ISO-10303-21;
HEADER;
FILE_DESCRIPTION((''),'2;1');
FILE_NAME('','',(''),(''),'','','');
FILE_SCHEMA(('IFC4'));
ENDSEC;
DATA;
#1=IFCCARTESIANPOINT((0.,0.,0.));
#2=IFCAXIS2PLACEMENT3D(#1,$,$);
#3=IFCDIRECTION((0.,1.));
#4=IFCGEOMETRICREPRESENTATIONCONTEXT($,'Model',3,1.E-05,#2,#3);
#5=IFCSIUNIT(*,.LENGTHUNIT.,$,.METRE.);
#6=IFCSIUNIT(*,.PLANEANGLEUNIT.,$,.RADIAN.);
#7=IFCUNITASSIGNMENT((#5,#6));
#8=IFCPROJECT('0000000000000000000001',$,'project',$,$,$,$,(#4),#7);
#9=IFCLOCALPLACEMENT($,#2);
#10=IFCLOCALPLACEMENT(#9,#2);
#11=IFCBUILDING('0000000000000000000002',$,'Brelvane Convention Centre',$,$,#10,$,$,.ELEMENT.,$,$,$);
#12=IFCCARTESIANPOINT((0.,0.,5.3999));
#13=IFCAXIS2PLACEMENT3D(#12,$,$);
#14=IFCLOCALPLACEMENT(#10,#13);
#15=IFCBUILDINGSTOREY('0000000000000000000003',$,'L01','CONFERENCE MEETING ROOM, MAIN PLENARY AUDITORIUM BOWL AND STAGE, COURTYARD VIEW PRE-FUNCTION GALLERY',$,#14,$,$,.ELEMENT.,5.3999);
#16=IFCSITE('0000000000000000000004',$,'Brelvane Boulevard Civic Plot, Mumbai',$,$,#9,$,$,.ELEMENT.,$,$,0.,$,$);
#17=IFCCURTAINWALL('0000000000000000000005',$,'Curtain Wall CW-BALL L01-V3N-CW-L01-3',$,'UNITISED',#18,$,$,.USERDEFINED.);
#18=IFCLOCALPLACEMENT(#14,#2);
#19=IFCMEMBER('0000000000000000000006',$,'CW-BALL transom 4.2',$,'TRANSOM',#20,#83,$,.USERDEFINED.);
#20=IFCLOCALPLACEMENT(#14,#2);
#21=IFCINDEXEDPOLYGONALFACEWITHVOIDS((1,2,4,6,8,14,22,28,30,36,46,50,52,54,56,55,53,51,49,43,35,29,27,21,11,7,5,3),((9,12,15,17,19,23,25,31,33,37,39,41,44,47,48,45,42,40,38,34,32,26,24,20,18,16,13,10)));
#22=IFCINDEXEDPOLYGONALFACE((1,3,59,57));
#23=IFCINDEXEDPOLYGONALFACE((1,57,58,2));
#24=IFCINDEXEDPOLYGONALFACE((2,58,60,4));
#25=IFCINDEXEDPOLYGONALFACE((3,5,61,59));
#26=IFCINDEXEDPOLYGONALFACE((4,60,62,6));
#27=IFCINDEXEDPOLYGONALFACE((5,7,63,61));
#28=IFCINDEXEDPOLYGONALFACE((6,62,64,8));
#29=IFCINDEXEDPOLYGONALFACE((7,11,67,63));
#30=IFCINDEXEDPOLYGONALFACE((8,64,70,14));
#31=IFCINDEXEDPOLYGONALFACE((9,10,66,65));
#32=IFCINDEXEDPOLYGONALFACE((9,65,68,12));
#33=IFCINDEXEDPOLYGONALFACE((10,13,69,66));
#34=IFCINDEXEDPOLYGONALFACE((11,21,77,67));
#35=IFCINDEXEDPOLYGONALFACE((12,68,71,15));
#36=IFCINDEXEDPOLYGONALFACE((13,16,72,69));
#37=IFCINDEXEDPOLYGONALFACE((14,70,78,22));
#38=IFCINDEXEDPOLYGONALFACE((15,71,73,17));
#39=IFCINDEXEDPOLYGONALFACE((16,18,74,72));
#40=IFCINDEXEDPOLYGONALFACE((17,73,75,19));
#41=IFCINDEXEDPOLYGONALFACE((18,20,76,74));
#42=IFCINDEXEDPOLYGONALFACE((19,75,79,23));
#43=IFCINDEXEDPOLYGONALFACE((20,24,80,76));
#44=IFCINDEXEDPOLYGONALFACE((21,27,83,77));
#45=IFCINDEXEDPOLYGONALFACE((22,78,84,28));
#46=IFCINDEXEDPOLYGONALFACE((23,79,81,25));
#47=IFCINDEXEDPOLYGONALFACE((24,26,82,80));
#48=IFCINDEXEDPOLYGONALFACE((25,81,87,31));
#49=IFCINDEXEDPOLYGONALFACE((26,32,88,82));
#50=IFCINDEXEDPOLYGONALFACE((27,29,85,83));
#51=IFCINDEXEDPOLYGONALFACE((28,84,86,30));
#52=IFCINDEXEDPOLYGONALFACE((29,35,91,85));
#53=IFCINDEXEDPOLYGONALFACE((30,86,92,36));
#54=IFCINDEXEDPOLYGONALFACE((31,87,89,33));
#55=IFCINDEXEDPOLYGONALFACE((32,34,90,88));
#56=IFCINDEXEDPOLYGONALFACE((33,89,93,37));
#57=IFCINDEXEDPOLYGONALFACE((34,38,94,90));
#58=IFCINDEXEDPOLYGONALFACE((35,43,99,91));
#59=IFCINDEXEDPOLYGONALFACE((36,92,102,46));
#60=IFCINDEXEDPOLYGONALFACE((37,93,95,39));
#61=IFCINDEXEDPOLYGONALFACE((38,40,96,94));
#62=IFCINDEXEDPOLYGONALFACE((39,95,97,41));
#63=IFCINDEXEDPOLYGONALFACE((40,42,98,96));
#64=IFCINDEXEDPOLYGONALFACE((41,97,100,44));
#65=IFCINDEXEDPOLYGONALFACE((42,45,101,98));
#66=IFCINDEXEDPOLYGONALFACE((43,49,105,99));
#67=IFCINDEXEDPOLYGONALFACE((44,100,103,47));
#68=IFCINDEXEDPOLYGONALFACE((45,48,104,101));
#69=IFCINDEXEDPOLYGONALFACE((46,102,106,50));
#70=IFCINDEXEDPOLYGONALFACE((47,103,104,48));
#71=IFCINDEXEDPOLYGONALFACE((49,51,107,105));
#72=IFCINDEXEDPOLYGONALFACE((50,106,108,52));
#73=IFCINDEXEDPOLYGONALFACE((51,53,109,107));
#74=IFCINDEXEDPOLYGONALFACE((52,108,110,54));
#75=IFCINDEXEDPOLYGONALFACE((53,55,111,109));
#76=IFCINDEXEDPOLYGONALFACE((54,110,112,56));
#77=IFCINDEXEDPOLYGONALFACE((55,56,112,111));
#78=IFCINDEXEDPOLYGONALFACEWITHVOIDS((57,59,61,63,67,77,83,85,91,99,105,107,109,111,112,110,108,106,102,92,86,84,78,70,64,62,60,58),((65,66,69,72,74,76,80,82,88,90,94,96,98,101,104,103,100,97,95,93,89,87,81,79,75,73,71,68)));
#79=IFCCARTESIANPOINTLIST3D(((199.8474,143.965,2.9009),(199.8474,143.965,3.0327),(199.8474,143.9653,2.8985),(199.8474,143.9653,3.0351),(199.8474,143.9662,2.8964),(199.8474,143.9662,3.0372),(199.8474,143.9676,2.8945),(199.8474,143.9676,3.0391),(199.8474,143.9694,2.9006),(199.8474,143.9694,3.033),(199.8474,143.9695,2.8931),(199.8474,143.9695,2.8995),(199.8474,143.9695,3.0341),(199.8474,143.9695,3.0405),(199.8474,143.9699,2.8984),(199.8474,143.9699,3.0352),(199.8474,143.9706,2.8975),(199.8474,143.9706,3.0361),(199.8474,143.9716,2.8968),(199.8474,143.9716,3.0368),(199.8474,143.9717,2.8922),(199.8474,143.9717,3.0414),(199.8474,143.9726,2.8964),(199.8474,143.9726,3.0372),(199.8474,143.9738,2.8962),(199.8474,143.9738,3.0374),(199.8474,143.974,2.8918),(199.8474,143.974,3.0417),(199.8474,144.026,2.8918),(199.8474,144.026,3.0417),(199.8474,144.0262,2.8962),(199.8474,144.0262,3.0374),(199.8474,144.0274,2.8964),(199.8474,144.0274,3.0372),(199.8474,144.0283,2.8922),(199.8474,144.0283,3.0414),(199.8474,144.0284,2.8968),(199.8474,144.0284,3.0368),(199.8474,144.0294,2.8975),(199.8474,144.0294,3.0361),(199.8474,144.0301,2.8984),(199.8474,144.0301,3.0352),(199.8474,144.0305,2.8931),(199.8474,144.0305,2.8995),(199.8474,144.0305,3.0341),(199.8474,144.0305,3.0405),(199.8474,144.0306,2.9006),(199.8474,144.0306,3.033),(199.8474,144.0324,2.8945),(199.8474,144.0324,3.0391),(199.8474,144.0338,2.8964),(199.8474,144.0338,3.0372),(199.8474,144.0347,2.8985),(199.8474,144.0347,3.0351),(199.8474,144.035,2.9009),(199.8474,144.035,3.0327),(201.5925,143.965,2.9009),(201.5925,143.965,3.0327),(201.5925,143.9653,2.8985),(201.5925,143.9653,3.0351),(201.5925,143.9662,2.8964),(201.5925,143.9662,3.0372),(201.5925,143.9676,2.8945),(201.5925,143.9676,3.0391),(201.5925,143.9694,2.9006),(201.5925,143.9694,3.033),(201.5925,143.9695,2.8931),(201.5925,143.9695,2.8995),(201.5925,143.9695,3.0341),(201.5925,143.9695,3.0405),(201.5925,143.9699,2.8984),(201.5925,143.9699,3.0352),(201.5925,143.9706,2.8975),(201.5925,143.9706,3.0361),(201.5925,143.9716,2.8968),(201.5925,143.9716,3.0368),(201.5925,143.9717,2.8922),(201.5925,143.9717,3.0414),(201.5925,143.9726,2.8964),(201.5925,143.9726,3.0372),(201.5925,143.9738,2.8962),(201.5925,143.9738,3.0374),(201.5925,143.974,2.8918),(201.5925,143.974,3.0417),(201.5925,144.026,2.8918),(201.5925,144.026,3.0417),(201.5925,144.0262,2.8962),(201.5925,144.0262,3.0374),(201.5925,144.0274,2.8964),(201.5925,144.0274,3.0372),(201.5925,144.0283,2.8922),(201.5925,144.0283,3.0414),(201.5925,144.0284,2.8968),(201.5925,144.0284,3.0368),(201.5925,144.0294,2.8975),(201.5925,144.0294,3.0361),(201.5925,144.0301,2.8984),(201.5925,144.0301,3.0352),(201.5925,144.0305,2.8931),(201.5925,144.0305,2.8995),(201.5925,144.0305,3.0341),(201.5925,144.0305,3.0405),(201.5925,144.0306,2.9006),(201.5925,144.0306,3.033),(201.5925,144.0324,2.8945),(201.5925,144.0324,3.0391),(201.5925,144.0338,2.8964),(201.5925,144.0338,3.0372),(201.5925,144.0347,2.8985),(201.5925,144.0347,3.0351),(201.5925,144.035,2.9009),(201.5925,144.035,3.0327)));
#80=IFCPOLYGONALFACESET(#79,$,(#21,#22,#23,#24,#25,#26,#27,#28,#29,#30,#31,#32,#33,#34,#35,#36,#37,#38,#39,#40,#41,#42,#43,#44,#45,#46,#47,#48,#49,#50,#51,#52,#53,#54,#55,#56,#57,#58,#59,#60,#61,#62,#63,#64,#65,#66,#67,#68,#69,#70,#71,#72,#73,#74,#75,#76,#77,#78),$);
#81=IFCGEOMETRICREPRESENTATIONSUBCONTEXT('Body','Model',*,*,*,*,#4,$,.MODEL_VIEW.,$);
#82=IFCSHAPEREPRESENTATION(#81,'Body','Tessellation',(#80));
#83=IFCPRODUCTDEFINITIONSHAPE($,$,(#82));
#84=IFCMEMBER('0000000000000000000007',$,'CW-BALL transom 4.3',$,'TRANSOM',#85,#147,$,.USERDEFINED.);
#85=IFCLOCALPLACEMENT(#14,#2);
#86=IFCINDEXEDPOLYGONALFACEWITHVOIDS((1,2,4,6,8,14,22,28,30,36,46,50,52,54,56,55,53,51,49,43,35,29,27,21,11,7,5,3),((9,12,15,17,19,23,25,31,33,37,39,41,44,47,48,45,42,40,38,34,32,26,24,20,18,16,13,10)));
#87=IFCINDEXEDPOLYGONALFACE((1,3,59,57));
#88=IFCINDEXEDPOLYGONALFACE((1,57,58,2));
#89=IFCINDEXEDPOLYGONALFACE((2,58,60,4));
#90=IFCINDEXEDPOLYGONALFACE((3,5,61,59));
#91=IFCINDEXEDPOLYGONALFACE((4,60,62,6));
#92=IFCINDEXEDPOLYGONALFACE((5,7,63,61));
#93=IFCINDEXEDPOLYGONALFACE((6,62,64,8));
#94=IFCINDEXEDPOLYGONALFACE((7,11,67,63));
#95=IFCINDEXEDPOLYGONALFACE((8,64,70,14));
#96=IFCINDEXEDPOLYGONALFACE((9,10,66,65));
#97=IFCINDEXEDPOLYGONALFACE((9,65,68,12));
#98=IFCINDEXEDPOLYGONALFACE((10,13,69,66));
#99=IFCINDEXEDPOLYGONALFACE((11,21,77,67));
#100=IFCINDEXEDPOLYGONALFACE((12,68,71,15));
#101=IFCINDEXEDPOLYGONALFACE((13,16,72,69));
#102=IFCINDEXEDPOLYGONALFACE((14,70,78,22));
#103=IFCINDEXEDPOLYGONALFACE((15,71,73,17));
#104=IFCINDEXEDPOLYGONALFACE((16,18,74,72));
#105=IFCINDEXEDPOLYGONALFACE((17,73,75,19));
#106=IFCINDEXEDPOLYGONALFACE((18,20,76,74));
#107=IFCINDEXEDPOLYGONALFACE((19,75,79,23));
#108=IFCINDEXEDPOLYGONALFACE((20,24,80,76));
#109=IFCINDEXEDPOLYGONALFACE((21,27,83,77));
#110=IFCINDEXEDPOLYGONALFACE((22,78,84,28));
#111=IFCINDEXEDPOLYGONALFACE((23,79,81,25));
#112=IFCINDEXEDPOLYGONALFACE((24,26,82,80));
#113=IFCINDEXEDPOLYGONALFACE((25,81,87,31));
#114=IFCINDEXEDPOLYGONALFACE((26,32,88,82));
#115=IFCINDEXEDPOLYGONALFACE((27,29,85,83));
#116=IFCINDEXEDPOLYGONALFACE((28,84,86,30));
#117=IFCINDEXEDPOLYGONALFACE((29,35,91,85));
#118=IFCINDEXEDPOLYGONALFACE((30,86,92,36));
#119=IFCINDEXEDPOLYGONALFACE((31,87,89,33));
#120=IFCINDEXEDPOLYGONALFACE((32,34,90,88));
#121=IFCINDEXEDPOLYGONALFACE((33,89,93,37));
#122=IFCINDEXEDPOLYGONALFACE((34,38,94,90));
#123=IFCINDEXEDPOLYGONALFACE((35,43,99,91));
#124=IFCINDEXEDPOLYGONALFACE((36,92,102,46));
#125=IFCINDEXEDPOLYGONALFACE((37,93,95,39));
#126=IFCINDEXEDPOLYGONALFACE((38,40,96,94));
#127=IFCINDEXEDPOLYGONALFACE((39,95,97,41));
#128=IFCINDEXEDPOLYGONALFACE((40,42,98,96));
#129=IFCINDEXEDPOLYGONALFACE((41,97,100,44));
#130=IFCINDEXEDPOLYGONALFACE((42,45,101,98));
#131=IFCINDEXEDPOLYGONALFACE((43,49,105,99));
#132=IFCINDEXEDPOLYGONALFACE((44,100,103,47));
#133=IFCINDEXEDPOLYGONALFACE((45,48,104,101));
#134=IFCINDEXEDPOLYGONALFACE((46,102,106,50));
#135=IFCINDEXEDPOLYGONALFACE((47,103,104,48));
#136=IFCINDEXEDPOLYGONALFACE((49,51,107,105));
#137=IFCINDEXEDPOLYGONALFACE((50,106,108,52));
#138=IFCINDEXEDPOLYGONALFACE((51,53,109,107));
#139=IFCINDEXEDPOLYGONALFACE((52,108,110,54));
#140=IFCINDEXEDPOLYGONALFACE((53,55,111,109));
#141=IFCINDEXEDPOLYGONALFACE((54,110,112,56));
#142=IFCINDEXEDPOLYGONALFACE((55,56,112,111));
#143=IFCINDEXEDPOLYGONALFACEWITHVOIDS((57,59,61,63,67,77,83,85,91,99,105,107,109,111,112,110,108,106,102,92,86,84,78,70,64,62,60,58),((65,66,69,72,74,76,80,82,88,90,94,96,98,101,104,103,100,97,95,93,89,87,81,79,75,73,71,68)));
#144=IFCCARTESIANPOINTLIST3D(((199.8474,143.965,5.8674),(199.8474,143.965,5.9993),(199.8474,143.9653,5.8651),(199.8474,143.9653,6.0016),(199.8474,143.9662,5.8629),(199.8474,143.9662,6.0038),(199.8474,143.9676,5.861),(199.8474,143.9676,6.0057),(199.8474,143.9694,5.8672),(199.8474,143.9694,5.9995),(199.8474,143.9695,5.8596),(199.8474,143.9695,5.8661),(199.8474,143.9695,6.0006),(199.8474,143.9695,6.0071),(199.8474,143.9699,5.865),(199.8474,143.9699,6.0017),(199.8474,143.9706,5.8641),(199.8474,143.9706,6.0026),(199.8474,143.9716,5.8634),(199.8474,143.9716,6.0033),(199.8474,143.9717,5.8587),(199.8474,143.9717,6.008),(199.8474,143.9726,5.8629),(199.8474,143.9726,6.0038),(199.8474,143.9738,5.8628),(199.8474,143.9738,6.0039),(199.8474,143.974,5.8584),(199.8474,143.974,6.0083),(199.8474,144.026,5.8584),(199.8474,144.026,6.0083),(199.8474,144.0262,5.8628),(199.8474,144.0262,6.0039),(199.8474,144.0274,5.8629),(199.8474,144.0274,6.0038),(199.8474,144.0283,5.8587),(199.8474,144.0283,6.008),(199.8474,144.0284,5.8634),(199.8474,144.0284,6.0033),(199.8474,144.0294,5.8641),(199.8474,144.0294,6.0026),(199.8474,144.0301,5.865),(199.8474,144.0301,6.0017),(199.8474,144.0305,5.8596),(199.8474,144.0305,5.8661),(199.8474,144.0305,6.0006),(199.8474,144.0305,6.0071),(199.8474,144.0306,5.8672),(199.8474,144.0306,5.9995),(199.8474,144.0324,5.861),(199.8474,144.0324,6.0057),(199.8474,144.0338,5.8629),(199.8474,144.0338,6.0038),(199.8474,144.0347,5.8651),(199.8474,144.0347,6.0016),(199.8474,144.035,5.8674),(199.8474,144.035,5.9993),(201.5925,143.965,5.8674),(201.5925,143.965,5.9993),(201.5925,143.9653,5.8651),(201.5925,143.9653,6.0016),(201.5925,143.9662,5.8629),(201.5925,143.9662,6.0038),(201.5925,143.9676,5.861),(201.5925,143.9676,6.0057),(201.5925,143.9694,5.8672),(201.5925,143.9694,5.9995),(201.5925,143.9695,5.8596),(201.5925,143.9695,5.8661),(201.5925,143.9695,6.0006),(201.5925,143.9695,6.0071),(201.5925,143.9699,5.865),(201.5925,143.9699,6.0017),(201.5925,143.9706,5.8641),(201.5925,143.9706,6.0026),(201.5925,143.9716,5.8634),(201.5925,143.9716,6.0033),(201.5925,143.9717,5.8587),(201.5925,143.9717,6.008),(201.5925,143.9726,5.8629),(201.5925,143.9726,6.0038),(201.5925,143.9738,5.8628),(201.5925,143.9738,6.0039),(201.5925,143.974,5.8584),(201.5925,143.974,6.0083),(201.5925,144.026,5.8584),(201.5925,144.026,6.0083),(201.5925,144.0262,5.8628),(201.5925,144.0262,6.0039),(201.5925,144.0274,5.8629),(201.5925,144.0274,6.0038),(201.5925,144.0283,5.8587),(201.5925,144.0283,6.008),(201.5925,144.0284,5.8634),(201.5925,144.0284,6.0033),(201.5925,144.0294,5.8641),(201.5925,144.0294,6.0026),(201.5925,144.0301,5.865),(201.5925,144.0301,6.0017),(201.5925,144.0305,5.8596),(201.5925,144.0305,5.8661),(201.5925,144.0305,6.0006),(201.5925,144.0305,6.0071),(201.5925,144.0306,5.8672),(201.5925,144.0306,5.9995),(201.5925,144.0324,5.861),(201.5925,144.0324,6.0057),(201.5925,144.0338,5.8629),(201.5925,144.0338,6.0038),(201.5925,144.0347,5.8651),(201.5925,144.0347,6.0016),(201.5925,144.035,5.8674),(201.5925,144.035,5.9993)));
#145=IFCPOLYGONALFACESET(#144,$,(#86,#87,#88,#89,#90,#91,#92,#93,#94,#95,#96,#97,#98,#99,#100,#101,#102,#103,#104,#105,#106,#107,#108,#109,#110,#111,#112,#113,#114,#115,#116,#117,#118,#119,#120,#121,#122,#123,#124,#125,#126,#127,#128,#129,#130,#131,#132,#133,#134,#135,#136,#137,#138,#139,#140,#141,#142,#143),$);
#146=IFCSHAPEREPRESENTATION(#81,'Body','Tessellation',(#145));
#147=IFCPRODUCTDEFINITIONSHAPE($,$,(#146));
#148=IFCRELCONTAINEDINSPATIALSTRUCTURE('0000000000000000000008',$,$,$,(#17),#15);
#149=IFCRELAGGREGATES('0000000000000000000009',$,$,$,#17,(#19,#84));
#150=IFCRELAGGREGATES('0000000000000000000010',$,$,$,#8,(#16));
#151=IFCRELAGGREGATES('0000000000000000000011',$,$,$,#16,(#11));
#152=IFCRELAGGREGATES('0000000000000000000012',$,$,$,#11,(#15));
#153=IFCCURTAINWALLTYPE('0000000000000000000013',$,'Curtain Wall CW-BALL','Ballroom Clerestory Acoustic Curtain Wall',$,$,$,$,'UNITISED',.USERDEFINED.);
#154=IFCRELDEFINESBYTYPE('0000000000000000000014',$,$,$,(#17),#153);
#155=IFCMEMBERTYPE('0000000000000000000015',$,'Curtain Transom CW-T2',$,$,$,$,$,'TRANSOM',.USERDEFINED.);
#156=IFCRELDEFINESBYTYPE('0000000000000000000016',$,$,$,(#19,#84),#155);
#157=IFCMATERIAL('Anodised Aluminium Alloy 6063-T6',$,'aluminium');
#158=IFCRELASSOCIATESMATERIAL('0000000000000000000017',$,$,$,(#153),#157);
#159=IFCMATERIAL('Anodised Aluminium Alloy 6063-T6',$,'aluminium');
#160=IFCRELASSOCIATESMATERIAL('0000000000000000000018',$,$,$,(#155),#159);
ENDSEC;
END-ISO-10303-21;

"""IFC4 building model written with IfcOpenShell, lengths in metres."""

from ifc_helpers import new_model, si_unit, direction, frame, origin, origin_2d, place, context, subcontext, project, spatial, hollow_rectangle, extrude, material, material_profile, profile_set, type_object, element, aggregate, save


model = new_model("IFC4")

# Units and contexts
model_context = context("Model", 3, precision=1e-05, world=origin(), true_north=direction((0.0, 1.0)))
body_context = subcontext(model_context, "Body", "Model", "MODEL_VIEW")
ifc_project = project(units=[si_unit("LENGTHUNIT", "METRE"), si_unit("PLANEANGLEUNIT", "RADIAN")], contexts=[model_context])

# Site, building, storey
site_placement = place(None, origin())
site = spatial("IfcSite", under=ifc_project, at=site_placement, Name="Brelvane Boulevard Civic Plot, Mumbai", CompositionType="ELEMENT", RefElevation=0.0)
building_placement = place(site_placement, origin())
building = spatial("IfcBuilding", under=site, at=building_placement, Name="Brelvane Convention Centre", CompositionType="ELEMENT")
storey_placement = place(building_placement, frame((0.0, 0.0, 5.3999)))
storey = spatial("IfcBuildingStorey", under=building, at=storey_placement, Name="L01", Description="CONFERENCE MEETING ROOM, MAIN PLENARY AUDITORIUM BOWL AND STAGE, COURTYARD VIEW PRE-FUNCTION GALLERY", CompositionType="ELEMENT", Elevation=5.3999)

# Shared definitions
ifc_material_1 = material(Name="Anodised Aluminium Alloy 6063-T6", Category="aluminium")
curtain_wall_type = type_object("IfcCurtainWallType", Name="Curtain Wall CW-BALL", Description="Ballroom Clerestory Acoustic Curtain Wall", ElementType="UNITISED", PredefinedType="USERDEFINED", material=ifc_material_1)

# Curtain wall, members
curtain_wall_1_placement = place(storey_placement, origin())
curtain_wall_1 = element("IfcCurtainWall", 1, at=curtain_wall_1_placement, inside=storey, type_object=curtain_wall_type, Name="Curtain Wall CW-BALL L01-V3N-CW-L01-3", ObjectType="UNITISED", PredefinedType="USERDEFINED")
ifc_material_2 = material(Name="Anodised Aluminium Alloy 6063-T6", Category="aluminium")
ifc_material_profile_1 = material_profile(ifc_material_2, hollow_rectangle(XDim=0.0701, YDim=0.1499, WallThickness=0.0044, InnerFilletRadius=0.0044, OuterFilletRadius=0.009, at=origin_2d()), Name="ALU-T 150x70x4.5")
ifc_profile_set_1 = profile_set([ifc_material_profile_1], Name="Anodised Aluminium Alloy 6063-T6")
member_type_1 = type_object("IfcMemberType", Name="Curtain Transom CW-T2", ElementType="TRANSOM", PredefinedType="USERDEFINED", material=ifc_profile_set_1)
member_1_placement = place(storey_placement, frame((199.8474, 144.0, 2.9668), z_axis=(1.0, 0.0, 0.0), x_axis=(0.0, 1.0, 0.0)))
member_1 = element("IfcMember", 2, at=member_1_placement, type_object=member_type_1, Name="CW-BALL transom 4.2", ObjectType="TRANSOM", PredefinedType="USERDEFINED", context=body_context, shape_type="SweptSolid", body=[
    extrude(hollow_rectangle(XDim=0.0701, YDim=0.1499, WallThickness=0.0044, InnerFilletRadius=0.0044, OuterFilletRadius=0.009, at=origin_2d()), origin(), (0.0, 0.0, 1.0), 1.7451),
])
member_2_placement = place(storey_placement, frame((199.8474, 144.0, 5.9333), z_axis=(1.0, 0.0, 0.0), x_axis=(0.0, 1.0, 0.0)))
member_2 = element("IfcMember", 3, at=member_2_placement, type_object=member_type_1, Name="CW-BALL transom 4.3", ObjectType="TRANSOM", PredefinedType="USERDEFINED", context=body_context, shape_type="SweptSolid", body=[
    extrude(hollow_rectangle(XDim=0.0701, YDim=0.1499, WallThickness=0.0044, InnerFilletRadius=0.0044, OuterFilletRadius=0.009, at=origin_2d()), origin(), (0.0, 0.0, 1.0), 1.7451),
])
aggregate(curtain_wall_1, [member_1, member_2])

save(model, "model.ifc")
